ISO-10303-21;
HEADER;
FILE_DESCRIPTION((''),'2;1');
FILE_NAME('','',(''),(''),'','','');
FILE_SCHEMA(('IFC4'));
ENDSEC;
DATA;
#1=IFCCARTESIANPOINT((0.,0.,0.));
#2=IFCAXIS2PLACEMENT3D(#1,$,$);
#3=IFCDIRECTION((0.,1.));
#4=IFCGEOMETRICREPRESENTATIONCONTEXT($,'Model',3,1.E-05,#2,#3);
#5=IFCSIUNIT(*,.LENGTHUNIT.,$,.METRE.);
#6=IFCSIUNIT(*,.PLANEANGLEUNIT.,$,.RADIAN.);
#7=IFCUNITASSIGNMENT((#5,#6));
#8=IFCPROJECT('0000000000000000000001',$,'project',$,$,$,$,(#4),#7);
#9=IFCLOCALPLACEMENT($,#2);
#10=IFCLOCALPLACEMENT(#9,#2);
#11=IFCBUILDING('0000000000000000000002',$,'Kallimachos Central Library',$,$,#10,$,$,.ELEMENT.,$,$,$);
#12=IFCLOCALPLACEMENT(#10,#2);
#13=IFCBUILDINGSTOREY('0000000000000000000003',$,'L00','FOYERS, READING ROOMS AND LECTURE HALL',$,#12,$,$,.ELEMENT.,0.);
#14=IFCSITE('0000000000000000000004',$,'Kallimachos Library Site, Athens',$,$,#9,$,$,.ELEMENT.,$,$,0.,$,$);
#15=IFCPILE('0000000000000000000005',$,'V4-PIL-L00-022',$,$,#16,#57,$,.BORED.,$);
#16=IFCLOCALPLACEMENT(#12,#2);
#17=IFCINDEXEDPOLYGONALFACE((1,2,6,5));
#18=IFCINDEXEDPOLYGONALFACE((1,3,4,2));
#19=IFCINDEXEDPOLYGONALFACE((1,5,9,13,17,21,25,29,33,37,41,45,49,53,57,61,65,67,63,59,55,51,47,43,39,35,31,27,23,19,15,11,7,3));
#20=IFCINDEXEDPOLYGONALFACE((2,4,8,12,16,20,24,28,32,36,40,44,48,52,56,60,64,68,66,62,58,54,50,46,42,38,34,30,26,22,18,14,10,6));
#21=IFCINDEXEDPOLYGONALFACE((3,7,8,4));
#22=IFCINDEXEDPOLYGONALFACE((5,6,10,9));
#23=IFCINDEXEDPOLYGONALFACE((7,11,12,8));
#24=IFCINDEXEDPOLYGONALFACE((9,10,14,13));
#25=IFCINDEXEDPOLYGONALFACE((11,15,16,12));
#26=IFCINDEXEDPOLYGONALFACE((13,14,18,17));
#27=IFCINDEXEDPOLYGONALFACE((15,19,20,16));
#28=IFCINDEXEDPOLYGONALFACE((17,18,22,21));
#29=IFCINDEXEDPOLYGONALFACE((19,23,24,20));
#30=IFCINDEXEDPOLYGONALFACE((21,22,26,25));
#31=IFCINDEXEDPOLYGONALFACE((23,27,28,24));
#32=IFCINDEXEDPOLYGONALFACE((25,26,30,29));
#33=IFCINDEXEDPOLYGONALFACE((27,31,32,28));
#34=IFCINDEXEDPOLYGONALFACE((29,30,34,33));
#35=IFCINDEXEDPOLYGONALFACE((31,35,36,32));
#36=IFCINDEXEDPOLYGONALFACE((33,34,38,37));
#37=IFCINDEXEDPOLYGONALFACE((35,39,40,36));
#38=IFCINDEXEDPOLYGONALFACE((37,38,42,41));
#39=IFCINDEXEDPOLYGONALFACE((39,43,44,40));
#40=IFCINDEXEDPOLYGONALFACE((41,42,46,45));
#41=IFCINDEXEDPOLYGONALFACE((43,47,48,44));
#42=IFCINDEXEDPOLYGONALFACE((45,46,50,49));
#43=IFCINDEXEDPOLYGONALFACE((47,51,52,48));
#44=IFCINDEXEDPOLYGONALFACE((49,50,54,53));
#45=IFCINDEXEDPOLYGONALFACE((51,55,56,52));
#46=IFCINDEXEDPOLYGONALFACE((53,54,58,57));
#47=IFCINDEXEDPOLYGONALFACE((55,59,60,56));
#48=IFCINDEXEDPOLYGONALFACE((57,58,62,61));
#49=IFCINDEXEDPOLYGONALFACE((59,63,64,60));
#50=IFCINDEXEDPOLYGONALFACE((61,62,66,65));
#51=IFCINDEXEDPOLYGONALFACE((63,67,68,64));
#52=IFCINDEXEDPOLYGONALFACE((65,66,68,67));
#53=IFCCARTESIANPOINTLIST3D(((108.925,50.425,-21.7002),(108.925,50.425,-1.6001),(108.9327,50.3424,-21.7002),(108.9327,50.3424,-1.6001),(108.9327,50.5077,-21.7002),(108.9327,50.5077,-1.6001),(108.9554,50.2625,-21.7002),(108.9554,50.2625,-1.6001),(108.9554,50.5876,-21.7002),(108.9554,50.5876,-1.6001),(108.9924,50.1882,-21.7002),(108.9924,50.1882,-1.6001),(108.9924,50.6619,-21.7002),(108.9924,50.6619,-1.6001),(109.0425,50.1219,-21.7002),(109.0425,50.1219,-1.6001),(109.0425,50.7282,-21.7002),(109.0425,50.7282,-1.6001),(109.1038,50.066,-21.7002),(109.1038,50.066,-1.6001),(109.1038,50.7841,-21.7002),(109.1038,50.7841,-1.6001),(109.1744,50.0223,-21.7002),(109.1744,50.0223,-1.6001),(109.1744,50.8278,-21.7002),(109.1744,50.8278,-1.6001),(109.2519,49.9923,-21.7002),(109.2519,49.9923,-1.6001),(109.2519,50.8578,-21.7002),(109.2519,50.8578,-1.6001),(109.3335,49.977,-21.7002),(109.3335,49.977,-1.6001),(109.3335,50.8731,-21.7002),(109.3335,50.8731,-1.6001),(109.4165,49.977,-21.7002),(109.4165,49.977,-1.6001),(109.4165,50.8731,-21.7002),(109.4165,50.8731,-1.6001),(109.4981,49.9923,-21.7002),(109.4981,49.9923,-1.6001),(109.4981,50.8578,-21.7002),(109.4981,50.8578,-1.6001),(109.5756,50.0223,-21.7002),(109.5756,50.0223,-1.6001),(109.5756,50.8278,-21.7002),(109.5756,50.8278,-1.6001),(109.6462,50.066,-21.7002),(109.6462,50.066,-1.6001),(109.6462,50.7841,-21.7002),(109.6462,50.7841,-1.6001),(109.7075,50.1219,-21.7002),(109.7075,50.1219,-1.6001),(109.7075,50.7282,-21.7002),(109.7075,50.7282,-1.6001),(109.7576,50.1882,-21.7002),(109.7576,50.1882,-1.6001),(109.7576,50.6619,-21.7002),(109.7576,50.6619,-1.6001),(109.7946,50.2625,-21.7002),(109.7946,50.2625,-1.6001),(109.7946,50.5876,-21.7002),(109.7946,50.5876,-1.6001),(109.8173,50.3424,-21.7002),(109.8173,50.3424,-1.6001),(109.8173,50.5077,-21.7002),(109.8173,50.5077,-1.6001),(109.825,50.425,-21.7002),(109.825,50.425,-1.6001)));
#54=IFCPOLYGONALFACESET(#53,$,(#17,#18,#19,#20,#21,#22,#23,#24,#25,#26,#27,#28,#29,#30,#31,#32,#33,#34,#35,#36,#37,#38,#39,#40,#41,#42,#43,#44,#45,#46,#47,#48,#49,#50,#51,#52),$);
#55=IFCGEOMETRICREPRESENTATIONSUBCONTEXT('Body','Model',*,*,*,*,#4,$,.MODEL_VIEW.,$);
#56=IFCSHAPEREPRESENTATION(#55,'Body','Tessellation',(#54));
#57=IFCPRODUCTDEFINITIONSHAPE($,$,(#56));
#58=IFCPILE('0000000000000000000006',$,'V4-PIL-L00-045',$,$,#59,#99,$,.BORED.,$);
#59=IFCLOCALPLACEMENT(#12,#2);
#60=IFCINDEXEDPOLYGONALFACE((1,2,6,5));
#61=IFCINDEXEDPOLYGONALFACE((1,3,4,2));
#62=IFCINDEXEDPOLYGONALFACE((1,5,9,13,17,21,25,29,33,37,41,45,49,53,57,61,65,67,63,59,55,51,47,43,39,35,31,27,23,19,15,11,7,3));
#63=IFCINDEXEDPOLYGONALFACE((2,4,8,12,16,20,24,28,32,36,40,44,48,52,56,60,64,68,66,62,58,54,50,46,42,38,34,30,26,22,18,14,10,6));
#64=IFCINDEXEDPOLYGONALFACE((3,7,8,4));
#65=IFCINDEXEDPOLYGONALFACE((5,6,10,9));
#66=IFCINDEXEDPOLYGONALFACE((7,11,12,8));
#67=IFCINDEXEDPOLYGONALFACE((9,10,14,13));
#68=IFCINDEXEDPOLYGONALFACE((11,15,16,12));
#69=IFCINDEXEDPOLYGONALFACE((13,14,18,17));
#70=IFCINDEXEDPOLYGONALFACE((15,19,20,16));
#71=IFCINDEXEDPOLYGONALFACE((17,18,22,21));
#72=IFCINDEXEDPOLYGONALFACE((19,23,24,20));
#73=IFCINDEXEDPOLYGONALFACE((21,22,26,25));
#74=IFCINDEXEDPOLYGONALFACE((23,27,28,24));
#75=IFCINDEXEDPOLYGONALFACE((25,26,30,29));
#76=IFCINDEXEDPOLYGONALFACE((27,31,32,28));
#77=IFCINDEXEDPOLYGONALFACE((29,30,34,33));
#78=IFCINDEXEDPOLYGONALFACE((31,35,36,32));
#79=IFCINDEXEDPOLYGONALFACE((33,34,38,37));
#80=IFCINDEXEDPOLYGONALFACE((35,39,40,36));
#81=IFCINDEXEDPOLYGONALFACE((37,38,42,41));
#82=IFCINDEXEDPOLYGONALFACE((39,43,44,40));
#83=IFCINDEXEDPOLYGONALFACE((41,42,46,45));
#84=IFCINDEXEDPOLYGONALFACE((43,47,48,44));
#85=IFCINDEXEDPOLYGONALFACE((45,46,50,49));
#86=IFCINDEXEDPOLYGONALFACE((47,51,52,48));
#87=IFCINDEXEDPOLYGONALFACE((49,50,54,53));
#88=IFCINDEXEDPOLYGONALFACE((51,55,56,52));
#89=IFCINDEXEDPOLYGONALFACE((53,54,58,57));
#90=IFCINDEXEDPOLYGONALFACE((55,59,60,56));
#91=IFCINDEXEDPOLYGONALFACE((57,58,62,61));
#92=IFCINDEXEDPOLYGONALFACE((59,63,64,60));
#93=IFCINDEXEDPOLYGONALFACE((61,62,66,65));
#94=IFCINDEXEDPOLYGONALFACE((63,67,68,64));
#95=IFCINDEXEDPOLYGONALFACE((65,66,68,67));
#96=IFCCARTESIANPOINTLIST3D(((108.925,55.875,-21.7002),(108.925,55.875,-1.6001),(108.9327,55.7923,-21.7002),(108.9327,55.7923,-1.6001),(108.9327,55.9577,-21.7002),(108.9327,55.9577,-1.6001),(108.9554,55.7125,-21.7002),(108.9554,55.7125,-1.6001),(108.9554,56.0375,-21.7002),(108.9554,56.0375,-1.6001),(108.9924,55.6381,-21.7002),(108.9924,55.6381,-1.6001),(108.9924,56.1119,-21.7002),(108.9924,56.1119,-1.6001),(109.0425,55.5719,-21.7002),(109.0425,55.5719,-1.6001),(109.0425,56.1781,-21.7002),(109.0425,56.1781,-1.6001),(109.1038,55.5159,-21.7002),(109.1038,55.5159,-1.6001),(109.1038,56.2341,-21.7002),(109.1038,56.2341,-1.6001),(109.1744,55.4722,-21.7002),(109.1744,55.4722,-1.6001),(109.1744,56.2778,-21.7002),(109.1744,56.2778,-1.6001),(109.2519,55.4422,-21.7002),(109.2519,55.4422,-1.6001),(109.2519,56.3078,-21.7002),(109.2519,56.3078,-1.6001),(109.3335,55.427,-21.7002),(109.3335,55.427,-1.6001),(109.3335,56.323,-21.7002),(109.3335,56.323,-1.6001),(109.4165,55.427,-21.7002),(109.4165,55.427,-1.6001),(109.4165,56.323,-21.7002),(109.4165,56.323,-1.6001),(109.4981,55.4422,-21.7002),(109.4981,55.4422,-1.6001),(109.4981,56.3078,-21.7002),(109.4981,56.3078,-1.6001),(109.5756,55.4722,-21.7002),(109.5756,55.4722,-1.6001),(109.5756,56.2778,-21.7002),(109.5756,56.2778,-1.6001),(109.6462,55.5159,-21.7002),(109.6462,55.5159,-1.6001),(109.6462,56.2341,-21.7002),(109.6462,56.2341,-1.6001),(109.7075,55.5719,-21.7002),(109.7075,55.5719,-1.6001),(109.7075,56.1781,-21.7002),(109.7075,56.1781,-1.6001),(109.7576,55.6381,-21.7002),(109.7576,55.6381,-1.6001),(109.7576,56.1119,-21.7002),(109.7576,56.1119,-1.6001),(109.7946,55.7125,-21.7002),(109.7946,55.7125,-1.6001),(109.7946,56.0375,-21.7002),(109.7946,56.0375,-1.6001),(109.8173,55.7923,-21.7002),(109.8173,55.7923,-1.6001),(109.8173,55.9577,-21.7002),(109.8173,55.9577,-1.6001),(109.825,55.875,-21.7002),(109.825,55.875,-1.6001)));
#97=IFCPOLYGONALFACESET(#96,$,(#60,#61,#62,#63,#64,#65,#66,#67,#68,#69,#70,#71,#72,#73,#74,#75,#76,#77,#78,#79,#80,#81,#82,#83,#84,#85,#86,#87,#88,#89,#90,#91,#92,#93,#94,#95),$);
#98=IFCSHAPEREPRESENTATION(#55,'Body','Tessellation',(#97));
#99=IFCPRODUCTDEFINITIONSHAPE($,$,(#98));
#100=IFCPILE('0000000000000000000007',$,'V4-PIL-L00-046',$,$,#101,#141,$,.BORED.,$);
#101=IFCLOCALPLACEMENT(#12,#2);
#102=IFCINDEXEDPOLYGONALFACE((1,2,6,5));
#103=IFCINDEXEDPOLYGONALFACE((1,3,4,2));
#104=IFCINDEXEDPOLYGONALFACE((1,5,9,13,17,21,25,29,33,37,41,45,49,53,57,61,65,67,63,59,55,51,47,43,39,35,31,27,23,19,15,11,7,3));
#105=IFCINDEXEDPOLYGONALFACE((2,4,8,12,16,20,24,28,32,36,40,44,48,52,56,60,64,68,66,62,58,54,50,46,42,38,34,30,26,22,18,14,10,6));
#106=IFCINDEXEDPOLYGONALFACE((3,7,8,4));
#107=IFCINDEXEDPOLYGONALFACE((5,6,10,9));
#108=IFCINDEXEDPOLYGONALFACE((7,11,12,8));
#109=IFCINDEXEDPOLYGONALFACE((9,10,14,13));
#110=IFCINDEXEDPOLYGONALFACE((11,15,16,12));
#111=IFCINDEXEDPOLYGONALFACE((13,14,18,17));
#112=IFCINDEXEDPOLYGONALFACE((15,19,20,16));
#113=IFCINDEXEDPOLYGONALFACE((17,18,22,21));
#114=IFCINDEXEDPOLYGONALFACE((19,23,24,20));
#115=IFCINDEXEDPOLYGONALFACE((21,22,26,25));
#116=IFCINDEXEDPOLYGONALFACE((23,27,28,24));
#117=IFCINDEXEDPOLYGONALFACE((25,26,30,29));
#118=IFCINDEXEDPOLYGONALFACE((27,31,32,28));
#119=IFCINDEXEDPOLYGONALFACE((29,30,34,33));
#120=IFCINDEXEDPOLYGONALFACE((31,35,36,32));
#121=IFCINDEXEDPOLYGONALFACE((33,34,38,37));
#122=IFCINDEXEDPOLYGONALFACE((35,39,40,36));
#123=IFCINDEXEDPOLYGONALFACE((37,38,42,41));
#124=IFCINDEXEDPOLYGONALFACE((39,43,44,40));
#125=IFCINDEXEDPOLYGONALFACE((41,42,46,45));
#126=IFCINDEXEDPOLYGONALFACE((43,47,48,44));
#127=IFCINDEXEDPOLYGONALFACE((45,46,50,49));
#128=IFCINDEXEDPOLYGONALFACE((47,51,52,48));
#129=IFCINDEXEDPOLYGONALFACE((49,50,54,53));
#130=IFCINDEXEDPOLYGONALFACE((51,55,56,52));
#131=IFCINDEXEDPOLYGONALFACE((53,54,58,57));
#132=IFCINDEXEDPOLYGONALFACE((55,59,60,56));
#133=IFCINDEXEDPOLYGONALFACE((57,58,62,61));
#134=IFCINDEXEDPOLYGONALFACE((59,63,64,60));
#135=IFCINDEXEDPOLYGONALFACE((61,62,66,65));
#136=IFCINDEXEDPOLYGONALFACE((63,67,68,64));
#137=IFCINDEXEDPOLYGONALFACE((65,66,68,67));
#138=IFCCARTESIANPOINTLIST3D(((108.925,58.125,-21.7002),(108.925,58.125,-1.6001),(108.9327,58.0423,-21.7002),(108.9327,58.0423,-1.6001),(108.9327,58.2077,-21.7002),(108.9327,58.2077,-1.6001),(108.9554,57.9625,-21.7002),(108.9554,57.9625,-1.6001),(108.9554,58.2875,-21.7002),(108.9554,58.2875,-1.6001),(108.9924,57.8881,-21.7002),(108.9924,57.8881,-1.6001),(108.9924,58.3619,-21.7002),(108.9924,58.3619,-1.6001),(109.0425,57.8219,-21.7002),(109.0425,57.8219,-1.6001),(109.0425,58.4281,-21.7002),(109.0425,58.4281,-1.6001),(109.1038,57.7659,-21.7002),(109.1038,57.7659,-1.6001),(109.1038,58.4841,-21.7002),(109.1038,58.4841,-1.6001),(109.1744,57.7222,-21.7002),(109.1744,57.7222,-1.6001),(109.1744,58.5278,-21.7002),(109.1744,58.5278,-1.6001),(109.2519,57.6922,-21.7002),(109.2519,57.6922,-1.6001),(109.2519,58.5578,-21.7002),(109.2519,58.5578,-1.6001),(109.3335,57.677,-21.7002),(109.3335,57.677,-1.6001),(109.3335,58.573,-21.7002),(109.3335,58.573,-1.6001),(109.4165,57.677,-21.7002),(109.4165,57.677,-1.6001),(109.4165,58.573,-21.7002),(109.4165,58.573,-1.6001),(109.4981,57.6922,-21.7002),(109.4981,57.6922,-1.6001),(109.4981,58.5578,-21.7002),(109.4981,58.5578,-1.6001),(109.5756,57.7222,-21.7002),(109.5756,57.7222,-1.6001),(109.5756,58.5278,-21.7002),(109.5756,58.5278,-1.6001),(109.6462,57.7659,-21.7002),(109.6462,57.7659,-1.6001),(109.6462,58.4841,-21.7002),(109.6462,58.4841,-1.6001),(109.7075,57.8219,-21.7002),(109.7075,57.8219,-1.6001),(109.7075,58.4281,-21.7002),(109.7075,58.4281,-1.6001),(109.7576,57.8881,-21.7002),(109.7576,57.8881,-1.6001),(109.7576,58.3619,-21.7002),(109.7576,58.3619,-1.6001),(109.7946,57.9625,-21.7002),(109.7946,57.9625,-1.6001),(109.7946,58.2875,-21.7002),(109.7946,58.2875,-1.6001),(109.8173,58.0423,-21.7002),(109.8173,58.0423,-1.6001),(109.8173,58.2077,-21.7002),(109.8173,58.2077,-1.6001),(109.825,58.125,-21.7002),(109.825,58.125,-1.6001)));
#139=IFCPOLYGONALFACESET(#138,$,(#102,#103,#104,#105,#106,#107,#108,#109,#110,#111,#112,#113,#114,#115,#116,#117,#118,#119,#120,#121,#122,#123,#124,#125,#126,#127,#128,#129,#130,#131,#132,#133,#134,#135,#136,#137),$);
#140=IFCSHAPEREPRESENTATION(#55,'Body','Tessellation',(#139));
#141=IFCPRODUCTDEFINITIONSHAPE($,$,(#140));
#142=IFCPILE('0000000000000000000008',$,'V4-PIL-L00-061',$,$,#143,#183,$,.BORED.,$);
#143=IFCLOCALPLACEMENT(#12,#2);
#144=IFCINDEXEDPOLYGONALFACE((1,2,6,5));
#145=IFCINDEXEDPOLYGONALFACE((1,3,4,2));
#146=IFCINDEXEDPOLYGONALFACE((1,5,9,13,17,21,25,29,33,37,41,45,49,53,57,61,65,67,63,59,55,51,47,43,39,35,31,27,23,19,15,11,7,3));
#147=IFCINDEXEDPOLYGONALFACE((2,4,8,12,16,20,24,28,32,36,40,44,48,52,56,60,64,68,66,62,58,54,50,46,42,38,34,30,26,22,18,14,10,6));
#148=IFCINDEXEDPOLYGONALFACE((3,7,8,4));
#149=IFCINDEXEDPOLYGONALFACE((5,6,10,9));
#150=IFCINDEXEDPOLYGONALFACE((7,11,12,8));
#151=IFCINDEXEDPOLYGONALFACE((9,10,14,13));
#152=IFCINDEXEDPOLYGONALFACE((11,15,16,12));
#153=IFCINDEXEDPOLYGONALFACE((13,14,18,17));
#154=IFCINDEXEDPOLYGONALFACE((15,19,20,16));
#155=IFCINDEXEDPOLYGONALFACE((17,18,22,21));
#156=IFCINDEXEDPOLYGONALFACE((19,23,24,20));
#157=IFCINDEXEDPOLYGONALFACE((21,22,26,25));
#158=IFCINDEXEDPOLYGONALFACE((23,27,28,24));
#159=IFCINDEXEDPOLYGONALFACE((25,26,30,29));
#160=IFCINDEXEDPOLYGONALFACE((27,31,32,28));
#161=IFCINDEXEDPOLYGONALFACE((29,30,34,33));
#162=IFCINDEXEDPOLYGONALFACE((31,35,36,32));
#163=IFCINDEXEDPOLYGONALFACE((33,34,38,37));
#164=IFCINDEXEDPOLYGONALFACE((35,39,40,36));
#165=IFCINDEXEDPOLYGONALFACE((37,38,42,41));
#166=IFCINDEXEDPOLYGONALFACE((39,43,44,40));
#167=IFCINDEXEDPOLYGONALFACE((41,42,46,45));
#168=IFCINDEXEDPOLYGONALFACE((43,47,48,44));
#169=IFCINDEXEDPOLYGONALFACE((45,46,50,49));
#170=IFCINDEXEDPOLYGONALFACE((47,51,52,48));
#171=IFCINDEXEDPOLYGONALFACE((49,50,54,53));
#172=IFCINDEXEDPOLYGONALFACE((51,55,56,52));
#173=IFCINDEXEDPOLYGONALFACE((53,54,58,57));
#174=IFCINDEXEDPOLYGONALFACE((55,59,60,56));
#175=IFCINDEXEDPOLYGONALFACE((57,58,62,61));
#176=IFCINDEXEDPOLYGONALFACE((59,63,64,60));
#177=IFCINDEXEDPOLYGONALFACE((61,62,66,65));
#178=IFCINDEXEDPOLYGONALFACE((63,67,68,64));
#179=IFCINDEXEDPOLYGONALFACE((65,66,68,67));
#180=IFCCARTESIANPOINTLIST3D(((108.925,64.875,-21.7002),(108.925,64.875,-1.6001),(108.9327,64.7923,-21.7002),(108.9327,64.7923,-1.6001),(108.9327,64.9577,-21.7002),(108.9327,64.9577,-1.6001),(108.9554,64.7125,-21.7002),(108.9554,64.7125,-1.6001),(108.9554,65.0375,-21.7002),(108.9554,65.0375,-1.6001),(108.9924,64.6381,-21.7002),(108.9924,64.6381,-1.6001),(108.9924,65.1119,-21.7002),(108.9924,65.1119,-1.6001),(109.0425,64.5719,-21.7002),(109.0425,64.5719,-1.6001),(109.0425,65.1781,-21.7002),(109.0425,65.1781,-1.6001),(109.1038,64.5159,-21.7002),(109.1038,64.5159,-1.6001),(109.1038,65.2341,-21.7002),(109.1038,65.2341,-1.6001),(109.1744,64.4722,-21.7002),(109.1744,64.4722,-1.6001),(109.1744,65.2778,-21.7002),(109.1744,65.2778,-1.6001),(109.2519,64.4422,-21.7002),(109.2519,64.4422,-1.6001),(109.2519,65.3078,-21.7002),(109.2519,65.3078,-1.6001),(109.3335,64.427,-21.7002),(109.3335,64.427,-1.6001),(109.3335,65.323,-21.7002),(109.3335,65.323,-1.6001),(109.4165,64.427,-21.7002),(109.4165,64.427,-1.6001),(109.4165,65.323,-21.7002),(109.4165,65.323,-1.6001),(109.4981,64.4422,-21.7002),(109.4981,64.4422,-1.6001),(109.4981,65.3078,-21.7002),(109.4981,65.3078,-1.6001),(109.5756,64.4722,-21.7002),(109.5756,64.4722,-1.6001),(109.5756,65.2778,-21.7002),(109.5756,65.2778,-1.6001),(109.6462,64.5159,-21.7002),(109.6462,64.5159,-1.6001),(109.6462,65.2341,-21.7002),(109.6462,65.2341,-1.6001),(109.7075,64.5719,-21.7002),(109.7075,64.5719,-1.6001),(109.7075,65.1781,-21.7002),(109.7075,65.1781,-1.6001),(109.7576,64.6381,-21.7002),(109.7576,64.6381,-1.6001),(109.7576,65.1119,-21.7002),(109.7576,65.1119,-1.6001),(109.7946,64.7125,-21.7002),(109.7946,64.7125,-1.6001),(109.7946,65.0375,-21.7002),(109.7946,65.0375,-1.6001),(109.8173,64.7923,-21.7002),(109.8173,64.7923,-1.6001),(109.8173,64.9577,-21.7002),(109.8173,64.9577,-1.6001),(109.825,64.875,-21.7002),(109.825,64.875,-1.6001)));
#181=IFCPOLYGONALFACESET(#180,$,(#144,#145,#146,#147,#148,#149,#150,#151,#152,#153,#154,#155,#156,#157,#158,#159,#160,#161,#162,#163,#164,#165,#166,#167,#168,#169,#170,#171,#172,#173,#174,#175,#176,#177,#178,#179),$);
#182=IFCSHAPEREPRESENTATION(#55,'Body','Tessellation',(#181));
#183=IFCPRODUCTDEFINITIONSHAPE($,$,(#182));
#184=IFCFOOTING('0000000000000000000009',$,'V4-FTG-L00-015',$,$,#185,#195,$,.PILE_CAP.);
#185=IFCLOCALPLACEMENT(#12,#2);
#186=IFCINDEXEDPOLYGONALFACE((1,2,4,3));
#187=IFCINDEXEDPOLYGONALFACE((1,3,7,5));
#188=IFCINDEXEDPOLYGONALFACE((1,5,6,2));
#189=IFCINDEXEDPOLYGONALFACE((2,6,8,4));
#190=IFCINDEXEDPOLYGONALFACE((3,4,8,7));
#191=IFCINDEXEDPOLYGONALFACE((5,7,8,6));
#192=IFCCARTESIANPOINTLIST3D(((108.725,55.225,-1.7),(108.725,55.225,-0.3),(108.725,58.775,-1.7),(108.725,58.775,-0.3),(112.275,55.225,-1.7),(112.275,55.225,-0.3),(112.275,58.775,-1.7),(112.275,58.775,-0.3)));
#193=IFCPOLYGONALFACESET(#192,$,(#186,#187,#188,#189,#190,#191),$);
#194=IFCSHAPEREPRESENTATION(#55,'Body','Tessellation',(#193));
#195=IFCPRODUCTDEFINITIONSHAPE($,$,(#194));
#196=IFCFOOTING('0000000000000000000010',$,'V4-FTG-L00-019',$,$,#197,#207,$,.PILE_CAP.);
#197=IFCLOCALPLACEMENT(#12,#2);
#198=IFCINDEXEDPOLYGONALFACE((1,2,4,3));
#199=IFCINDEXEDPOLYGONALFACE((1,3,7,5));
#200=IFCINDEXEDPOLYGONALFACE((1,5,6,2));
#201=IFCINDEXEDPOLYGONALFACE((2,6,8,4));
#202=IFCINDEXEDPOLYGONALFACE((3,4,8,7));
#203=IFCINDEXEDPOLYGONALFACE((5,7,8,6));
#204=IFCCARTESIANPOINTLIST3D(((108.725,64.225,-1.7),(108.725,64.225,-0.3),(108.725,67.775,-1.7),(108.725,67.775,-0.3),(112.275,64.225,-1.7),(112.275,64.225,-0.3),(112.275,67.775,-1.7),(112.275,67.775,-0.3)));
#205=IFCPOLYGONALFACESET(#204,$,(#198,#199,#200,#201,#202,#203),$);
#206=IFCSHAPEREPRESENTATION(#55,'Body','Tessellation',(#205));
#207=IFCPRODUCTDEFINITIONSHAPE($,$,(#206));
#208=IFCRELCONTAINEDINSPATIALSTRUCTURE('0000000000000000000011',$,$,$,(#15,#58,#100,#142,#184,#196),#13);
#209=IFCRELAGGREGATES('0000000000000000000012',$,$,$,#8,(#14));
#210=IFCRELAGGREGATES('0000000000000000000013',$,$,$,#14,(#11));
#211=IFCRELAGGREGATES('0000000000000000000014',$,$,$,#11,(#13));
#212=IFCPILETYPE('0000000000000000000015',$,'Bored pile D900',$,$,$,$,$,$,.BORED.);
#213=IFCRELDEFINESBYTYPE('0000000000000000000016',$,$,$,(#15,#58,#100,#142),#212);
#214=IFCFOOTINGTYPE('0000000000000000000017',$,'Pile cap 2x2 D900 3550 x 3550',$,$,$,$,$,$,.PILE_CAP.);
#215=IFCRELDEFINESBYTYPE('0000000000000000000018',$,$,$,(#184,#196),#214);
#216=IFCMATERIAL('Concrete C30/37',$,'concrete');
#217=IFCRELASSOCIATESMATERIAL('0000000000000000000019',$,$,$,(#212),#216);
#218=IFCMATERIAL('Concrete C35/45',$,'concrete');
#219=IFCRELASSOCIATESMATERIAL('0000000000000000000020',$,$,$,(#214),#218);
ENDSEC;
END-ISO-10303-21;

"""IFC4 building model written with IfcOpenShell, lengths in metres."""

from ifc_helpers import new_model, si_unit, direction, frame, origin, origin_2d, place, context, subcontext, project, spatial, rectangle, circle, extrude, material, type_object, element, save


model = new_model("IFC4")

# Units and contexts
model_context = context("Model", 3, precision=1e-05, world=origin(), true_north=direction((0.0, 1.0)))
body_context = subcontext(model_context, "Body", "Model", "MODEL_VIEW")
ifc_project = project(units=[si_unit("LENGTHUNIT", "METRE"), si_unit("PLANEANGLEUNIT", "RADIAN")], contexts=[model_context])

# Site, building, storey
site_placement = place(None, origin())
site = spatial("IfcSite", under=ifc_project, at=site_placement, Name="Kallimachos Library Site, Athens", CompositionType="ELEMENT", RefElevation=0.0)
building_placement = place(site_placement, origin())
building = spatial("IfcBuilding", under=site, at=building_placement, Name="Kallimachos Central Library", CompositionType="ELEMENT")
storey_placement = place(building_placement, origin())
storey = spatial("IfcBuildingStorey", under=building, at=storey_placement, Name="L00", Description="FOYERS, READING ROOMS AND LECTURE HALL", CompositionType="ELEMENT", Elevation=0.0)

# Piles
ifc_material_1 = material(Name="Concrete C30/37", Category="concrete")
pile_type = type_object("IfcPileType", Name="Bored pile D900", PredefinedType="BORED", material=ifc_material_1)
for number, where, z_axis, x_axis, name in (
    (1, (109.375, 50.425, -1.6001), (0.0, 0.0, -1.0), (1.0, 0.0, 0.0), "V4-PIL-L00-022"),
    (2, (109.375, 55.875, -1.6001), (0.0, 0.0, -1.0), (1.0, 0.0, 0.0), "V4-PIL-L00-045"),
    (3, (109.375, 58.125, -1.6001), (0.0, 0.0, -1.0), (1.0, 0.0, 0.0), "V4-PIL-L00-046"),
    (4, (109.375, 64.875, -1.6001), (0.0, 0.0, -1.0), (1.0, 0.0, 0.0), "V4-PIL-L00-061"),
):
    element("IfcPile", number, at=place(storey_placement, frame(where, z_axis=z_axis, x_axis=x_axis)), inside=storey, type_object=pile_type, Name=name, PredefinedType="BORED", context=body_context, shape_type="SweptSolid", body=[
        extrude(circle(Radius=0.45, at=origin_2d()), origin(), (0.0, 0.0, 1.0), 20.1001),
    ])

# Footings
ifc_material_2 = material(Name="Concrete C35/45", Category="concrete")
footing_type = type_object("IfcFootingType", Name="Pile cap 2x2 D900 3550 x 3550", PredefinedType="PILE_CAP", material=ifc_material_2)
for number, where, z_axis, x_axis, name in (
    (5, (110.5, 57.0, -1.7), (0.0, 0.0, 1.0), (1.0, 0.0, 0.0), "V4-FTG-L00-015"),
    (6, (110.5, 66.0, -1.7), (0.0, 0.0, 1.0), (1.0, 0.0, 0.0), "V4-FTG-L00-019"),
):
    element("IfcFooting", number, at=place(storey_placement, frame(where, z_axis=z_axis, x_axis=x_axis)), inside=storey, type_object=footing_type, Name=name, PredefinedType="PILE_CAP", context=body_context, shape_type="SweptSolid", body=[
        extrude(rectangle(XDim=3.55, YDim=3.55, at=origin_2d()), origin(), (0.0, 0.0, 1.0), 1.3999),
    ])

save(model, "model.ifc")
